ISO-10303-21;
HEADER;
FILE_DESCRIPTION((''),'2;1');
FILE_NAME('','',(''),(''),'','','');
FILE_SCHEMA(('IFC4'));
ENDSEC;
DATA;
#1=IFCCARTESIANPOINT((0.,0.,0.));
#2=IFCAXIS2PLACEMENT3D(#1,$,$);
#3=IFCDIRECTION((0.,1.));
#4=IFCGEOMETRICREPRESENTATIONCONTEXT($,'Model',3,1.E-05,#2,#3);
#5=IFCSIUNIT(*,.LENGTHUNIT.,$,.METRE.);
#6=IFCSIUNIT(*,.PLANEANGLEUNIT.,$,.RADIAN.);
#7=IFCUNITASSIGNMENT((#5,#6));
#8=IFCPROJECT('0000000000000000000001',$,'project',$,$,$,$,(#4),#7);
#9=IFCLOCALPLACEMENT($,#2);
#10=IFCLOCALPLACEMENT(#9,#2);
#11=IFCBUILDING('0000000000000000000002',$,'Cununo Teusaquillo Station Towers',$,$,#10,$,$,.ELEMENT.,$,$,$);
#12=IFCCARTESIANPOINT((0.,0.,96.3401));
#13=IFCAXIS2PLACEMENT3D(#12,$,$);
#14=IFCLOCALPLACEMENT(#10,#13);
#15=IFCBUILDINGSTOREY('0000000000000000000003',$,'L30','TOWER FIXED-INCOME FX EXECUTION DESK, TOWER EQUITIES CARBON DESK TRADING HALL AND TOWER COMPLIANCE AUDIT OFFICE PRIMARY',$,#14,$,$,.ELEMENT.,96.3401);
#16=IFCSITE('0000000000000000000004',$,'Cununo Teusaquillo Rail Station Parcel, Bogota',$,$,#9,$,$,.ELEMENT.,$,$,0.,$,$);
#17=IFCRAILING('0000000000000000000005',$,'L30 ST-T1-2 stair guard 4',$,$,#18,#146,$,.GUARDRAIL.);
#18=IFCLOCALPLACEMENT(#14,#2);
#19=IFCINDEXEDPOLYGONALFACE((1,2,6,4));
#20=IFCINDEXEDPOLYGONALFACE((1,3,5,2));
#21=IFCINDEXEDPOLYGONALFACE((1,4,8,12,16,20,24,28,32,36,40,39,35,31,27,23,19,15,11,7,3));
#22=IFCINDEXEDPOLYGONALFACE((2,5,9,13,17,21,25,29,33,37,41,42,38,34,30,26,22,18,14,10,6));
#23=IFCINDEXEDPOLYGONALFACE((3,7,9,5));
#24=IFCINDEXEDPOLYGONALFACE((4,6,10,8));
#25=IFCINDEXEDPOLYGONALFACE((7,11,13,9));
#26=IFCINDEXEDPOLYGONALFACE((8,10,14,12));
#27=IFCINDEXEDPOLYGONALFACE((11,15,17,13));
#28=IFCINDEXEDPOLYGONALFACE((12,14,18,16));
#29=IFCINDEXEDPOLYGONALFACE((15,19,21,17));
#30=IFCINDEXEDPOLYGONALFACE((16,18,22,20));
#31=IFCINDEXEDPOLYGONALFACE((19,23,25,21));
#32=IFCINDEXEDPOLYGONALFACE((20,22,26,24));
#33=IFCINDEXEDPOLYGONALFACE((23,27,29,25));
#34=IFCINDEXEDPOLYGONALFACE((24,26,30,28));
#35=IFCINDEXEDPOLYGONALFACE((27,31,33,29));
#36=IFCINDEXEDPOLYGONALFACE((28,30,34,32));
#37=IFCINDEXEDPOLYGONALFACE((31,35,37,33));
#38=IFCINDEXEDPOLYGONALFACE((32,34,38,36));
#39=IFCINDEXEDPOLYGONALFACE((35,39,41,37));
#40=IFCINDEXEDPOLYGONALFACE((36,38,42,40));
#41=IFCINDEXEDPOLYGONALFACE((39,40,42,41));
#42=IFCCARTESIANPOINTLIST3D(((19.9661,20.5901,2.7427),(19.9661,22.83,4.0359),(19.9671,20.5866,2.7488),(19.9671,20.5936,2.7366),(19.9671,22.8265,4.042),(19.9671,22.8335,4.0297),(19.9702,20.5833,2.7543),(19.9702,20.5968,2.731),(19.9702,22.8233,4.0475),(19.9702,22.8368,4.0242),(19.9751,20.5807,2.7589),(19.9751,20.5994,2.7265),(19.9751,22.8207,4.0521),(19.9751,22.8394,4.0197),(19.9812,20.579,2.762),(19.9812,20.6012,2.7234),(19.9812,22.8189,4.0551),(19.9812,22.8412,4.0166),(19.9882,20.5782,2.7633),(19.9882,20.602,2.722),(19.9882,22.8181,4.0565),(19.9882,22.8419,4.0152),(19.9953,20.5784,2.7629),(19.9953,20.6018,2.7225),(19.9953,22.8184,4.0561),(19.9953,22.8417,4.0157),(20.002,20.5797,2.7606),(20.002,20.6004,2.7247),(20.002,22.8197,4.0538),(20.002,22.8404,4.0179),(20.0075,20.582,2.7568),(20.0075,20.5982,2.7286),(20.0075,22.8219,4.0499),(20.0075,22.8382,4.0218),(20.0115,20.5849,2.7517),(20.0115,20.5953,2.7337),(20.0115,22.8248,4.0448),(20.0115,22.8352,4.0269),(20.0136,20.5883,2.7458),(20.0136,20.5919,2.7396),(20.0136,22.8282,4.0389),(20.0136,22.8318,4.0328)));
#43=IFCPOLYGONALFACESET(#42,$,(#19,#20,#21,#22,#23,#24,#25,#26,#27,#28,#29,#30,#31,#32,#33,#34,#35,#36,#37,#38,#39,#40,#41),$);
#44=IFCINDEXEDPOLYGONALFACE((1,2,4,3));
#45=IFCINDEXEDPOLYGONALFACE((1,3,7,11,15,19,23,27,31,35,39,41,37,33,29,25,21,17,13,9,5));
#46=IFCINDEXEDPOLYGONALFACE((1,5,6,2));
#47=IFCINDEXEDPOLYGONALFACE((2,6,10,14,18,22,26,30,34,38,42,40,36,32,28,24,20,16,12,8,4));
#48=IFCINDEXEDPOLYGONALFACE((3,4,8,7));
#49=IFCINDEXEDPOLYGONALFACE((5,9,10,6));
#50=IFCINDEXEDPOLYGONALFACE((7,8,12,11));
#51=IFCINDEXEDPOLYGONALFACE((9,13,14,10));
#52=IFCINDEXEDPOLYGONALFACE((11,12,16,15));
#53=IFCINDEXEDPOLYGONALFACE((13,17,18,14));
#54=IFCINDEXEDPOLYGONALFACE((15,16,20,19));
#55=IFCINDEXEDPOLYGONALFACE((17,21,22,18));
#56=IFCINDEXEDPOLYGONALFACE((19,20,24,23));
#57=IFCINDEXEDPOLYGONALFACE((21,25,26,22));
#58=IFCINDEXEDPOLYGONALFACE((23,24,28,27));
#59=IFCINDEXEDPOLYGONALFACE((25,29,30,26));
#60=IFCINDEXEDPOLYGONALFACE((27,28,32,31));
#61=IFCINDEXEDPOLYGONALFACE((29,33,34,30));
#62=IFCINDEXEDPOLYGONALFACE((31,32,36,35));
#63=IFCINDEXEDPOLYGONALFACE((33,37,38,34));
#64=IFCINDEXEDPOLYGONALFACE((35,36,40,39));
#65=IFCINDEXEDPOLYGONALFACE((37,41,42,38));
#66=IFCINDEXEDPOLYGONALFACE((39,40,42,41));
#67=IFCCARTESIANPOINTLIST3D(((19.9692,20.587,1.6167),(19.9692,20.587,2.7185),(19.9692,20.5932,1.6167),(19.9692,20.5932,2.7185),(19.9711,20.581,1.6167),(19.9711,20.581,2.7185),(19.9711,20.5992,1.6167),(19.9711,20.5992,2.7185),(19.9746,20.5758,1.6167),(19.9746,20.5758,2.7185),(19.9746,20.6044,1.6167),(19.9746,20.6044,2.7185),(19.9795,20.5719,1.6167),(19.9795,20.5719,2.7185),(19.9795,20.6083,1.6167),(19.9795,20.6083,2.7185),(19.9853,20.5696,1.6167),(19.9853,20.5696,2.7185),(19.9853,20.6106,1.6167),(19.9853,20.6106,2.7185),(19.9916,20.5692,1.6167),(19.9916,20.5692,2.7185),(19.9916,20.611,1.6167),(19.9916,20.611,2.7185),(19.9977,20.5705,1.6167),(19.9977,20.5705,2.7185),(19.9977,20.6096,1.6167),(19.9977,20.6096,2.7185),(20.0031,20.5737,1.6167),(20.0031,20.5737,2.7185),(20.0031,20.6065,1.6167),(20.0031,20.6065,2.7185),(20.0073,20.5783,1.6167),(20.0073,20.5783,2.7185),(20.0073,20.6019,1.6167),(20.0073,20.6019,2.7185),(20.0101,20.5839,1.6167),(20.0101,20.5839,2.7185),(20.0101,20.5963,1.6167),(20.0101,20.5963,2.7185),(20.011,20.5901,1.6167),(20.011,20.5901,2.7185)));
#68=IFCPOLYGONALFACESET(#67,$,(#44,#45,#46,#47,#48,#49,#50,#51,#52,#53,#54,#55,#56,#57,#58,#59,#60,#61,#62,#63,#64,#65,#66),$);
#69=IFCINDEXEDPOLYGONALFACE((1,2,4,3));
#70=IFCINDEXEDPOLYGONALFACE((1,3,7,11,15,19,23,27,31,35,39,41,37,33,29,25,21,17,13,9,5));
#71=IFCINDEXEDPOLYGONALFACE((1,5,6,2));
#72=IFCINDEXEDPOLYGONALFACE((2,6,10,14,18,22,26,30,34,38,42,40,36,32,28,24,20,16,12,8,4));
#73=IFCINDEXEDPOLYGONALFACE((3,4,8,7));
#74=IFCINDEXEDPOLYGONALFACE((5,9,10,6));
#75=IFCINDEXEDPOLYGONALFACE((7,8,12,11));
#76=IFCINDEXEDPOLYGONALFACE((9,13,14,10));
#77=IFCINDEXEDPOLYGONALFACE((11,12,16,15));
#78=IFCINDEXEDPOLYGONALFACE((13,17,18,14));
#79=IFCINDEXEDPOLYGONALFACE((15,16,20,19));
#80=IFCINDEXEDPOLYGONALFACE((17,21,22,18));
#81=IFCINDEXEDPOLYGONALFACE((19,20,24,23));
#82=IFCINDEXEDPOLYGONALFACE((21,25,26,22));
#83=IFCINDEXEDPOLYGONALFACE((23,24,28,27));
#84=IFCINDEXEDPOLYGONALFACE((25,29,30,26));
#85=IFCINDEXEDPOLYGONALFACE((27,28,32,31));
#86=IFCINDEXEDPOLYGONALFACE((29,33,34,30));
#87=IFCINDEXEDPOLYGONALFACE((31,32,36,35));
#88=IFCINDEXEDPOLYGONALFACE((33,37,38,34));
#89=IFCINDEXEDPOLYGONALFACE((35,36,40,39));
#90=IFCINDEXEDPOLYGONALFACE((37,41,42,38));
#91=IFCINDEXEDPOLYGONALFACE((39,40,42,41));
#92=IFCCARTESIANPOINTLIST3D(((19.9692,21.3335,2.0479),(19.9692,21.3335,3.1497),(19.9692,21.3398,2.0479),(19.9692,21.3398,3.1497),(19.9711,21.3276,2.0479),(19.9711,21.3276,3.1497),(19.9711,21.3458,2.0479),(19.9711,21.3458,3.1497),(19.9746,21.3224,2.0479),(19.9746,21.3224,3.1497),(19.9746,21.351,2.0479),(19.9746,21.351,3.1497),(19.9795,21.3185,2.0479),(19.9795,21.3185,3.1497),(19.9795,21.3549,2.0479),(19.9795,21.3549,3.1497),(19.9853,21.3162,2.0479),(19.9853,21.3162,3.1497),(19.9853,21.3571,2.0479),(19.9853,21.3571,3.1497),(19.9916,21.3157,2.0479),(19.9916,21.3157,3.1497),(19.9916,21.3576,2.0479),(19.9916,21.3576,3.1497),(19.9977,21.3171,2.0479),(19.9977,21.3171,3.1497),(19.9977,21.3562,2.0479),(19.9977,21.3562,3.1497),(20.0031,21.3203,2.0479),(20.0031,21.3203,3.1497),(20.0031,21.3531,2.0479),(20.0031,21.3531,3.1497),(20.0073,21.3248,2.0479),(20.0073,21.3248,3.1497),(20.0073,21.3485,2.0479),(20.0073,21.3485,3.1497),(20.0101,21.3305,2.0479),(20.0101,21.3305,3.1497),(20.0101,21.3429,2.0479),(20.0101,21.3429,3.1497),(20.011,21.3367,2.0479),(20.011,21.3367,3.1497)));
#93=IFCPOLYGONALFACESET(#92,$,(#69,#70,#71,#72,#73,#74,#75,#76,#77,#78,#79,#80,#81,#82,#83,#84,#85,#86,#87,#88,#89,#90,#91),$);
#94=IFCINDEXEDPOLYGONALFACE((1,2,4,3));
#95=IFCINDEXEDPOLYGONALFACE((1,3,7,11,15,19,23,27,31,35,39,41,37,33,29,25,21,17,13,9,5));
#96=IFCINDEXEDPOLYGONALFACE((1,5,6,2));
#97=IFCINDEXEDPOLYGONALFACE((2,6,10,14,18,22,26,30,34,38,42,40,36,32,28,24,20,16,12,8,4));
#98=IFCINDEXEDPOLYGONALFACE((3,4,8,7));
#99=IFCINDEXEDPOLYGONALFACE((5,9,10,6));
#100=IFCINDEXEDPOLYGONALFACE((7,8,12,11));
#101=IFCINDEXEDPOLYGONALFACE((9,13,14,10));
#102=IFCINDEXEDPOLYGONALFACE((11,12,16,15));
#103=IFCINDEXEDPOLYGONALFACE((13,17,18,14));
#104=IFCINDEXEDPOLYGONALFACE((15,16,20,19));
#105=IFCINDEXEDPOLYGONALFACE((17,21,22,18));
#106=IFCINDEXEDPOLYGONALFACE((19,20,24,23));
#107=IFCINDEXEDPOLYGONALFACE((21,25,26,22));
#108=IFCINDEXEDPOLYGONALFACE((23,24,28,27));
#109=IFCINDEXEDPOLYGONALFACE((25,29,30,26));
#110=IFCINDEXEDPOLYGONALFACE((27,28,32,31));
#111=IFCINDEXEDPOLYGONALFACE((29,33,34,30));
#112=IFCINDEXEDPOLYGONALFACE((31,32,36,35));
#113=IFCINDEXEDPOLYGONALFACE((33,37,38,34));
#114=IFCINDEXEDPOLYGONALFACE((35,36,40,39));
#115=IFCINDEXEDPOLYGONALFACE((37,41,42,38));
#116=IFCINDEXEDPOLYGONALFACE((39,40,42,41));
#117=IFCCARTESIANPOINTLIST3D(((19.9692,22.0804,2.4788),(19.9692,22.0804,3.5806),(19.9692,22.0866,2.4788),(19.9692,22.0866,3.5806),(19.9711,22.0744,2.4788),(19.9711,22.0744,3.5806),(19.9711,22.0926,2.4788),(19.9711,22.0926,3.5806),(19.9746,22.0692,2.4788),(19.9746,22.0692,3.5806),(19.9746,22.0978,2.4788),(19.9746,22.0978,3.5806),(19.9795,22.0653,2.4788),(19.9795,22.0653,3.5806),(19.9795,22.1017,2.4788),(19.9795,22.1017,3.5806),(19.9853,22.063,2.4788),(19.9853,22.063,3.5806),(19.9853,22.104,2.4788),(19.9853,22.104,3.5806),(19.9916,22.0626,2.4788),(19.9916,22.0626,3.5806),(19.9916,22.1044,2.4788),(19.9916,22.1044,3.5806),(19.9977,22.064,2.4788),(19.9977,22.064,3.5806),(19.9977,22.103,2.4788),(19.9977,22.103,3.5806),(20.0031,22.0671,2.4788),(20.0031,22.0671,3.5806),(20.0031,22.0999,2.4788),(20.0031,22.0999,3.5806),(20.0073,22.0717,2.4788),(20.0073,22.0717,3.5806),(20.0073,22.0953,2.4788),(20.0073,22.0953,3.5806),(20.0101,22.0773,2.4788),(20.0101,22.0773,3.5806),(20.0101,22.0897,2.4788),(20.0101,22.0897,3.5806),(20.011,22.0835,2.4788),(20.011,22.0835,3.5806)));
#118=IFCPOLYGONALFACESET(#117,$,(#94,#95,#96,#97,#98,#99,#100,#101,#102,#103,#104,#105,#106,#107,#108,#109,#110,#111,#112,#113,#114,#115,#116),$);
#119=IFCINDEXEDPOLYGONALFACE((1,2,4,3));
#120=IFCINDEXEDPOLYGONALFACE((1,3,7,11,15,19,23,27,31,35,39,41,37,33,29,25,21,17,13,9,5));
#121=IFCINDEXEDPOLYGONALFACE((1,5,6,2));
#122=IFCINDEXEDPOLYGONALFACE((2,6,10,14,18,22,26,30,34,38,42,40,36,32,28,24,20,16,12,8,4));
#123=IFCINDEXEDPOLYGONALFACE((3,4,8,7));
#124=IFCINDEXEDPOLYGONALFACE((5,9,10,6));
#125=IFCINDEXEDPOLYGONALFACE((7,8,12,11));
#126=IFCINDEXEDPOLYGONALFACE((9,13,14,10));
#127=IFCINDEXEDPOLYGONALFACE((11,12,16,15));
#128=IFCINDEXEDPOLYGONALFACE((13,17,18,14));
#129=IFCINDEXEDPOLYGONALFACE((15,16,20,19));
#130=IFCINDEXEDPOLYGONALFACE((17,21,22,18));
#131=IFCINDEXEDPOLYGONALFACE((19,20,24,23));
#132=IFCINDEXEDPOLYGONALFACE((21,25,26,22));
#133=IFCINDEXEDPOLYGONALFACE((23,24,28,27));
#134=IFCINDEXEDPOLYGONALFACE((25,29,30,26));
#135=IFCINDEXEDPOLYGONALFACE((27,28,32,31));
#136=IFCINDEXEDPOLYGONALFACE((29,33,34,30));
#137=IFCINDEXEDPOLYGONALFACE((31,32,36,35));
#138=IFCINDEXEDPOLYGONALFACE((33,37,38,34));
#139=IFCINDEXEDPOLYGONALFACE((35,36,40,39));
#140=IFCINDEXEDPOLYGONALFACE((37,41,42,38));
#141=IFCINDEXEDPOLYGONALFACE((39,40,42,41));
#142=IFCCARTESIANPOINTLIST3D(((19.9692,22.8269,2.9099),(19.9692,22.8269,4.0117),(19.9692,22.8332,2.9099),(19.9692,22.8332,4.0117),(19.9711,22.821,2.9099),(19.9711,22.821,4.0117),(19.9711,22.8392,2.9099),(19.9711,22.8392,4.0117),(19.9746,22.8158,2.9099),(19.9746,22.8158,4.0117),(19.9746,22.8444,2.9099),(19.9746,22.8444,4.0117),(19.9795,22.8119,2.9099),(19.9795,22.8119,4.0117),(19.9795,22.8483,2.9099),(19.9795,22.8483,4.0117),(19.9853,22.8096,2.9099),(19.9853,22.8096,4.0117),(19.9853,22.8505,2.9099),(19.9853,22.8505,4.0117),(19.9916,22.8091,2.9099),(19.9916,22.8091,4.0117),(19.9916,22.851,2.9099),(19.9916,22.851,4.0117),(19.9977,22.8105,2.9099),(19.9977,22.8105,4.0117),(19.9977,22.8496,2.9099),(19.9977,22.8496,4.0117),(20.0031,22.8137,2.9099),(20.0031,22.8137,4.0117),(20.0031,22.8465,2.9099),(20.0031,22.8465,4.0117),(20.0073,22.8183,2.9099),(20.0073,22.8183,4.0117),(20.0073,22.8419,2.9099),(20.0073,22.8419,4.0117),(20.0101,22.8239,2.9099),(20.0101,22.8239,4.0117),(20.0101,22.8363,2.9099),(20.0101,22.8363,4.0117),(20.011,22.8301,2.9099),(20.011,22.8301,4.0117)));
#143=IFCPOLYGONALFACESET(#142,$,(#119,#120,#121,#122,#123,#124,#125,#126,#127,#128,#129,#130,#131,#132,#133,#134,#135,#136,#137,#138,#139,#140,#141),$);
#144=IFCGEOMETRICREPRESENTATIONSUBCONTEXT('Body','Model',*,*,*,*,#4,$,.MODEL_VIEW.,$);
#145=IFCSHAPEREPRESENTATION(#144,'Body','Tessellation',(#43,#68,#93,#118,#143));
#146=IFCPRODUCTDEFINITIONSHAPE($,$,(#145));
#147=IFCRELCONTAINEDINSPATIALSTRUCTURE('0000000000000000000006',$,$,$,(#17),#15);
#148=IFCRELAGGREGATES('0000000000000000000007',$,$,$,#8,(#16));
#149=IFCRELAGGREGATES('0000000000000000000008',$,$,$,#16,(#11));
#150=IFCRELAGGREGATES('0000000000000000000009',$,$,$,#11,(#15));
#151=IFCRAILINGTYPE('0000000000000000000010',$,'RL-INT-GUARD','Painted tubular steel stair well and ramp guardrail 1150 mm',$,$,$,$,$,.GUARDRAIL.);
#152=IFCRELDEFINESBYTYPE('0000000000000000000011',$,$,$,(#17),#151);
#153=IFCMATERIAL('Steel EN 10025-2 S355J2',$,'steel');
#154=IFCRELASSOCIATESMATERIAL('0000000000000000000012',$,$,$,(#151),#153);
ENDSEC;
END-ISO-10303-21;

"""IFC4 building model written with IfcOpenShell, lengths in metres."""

from ifc_helpers import new_model, si_unit, direction, frame, origin, origin_2d, place, context, subcontext, project, spatial, circle, extrude, material, type_object, element, save


model = new_model("IFC4")

# Units and contexts
model_context = context("Model", 3, precision=1e-05, world=origin(), true_north=direction((0.0, 1.0)))
body_context = subcontext(model_context, "Body", "Model", "MODEL_VIEW")
ifc_project = project(units=[si_unit("LENGTHUNIT", "METRE"), si_unit("PLANEANGLEUNIT", "RADIAN")], contexts=[model_context])

# Site, building, storey
site_placement = place(None, origin())
site = spatial("IfcSite", under=ifc_project, at=site_placement, Name="Cununo Teusaquillo Rail Station Parcel, Bogota", CompositionType="ELEMENT", RefElevation=0.0)
building_placement = place(site_placement, origin())
building = spatial("IfcBuilding", under=site, at=building_placement, Name="Cununo Teusaquillo Station Towers", CompositionType="ELEMENT")
storey_placement = place(building_placement, frame((0.0, 0.0, 96.3401)))
storey = spatial("IfcBuildingStorey", under=building, at=storey_placement, Name="L30", Description="TOWER FIXED-INCOME FX EXECUTION DESK, TOWER EQUITIES CARBON DESK TRADING HALL AND TOWER COMPLIANCE AUDIT OFFICE PRIMARY", CompositionType="ELEMENT", Elevation=96.3401)

# Railing
ifc_material_1 = material(Name="Steel EN 10025-2 S355J2", Category="steel")
railing_type_1 = type_object("IfcRailingType", Name="RL-INT-GUARD", Description="Painted tubular steel stair well and ramp guardrail 1150 mm", PredefinedType="GUARDRAIL", material=ifc_material_1)
railing_1_placement = place(storey_placement, frame((19.99, 20.5901, 1.6167)))
element("IfcRailing", 1, at=railing_1_placement, inside=storey, type_object=railing_type_1, Name="L30 ST-T1-2 stair guard 4", PredefinedType="GUARDRAIL", context=body_context, shape_type="SweptSolid", body=[
    extrude(circle(Radius=0.0239, at=origin_2d()), frame((0.0, 0.0, 1.126), z_axis=(0.0, 0.866033, 0.499987), x_axis=(-1.0, 0.0, 0.0)), (0.0, 0.0, 1.0), 2.5864),
    extrude(circle(Radius=0.021, at=origin_2d()), origin(), (0.0, 0.0, 1.0), 1.1018),
    extrude(circle(Radius=0.021, at=origin_2d()), frame((0.0, 0.7466, 0.4312)), (0.0, 0.0, 1.0), 1.1018),
    extrude(circle(Radius=0.021, at=origin_2d()), frame((0.0, 1.4934, 0.8621)), (0.0, 0.0, 1.0), 1.1018),
    extrude(circle(Radius=0.021, at=origin_2d()), frame((0.0, 2.24, 1.2932)), (0.0, 0.0, 1.0), 1.1018),
])

save(model, "model.ifc")
